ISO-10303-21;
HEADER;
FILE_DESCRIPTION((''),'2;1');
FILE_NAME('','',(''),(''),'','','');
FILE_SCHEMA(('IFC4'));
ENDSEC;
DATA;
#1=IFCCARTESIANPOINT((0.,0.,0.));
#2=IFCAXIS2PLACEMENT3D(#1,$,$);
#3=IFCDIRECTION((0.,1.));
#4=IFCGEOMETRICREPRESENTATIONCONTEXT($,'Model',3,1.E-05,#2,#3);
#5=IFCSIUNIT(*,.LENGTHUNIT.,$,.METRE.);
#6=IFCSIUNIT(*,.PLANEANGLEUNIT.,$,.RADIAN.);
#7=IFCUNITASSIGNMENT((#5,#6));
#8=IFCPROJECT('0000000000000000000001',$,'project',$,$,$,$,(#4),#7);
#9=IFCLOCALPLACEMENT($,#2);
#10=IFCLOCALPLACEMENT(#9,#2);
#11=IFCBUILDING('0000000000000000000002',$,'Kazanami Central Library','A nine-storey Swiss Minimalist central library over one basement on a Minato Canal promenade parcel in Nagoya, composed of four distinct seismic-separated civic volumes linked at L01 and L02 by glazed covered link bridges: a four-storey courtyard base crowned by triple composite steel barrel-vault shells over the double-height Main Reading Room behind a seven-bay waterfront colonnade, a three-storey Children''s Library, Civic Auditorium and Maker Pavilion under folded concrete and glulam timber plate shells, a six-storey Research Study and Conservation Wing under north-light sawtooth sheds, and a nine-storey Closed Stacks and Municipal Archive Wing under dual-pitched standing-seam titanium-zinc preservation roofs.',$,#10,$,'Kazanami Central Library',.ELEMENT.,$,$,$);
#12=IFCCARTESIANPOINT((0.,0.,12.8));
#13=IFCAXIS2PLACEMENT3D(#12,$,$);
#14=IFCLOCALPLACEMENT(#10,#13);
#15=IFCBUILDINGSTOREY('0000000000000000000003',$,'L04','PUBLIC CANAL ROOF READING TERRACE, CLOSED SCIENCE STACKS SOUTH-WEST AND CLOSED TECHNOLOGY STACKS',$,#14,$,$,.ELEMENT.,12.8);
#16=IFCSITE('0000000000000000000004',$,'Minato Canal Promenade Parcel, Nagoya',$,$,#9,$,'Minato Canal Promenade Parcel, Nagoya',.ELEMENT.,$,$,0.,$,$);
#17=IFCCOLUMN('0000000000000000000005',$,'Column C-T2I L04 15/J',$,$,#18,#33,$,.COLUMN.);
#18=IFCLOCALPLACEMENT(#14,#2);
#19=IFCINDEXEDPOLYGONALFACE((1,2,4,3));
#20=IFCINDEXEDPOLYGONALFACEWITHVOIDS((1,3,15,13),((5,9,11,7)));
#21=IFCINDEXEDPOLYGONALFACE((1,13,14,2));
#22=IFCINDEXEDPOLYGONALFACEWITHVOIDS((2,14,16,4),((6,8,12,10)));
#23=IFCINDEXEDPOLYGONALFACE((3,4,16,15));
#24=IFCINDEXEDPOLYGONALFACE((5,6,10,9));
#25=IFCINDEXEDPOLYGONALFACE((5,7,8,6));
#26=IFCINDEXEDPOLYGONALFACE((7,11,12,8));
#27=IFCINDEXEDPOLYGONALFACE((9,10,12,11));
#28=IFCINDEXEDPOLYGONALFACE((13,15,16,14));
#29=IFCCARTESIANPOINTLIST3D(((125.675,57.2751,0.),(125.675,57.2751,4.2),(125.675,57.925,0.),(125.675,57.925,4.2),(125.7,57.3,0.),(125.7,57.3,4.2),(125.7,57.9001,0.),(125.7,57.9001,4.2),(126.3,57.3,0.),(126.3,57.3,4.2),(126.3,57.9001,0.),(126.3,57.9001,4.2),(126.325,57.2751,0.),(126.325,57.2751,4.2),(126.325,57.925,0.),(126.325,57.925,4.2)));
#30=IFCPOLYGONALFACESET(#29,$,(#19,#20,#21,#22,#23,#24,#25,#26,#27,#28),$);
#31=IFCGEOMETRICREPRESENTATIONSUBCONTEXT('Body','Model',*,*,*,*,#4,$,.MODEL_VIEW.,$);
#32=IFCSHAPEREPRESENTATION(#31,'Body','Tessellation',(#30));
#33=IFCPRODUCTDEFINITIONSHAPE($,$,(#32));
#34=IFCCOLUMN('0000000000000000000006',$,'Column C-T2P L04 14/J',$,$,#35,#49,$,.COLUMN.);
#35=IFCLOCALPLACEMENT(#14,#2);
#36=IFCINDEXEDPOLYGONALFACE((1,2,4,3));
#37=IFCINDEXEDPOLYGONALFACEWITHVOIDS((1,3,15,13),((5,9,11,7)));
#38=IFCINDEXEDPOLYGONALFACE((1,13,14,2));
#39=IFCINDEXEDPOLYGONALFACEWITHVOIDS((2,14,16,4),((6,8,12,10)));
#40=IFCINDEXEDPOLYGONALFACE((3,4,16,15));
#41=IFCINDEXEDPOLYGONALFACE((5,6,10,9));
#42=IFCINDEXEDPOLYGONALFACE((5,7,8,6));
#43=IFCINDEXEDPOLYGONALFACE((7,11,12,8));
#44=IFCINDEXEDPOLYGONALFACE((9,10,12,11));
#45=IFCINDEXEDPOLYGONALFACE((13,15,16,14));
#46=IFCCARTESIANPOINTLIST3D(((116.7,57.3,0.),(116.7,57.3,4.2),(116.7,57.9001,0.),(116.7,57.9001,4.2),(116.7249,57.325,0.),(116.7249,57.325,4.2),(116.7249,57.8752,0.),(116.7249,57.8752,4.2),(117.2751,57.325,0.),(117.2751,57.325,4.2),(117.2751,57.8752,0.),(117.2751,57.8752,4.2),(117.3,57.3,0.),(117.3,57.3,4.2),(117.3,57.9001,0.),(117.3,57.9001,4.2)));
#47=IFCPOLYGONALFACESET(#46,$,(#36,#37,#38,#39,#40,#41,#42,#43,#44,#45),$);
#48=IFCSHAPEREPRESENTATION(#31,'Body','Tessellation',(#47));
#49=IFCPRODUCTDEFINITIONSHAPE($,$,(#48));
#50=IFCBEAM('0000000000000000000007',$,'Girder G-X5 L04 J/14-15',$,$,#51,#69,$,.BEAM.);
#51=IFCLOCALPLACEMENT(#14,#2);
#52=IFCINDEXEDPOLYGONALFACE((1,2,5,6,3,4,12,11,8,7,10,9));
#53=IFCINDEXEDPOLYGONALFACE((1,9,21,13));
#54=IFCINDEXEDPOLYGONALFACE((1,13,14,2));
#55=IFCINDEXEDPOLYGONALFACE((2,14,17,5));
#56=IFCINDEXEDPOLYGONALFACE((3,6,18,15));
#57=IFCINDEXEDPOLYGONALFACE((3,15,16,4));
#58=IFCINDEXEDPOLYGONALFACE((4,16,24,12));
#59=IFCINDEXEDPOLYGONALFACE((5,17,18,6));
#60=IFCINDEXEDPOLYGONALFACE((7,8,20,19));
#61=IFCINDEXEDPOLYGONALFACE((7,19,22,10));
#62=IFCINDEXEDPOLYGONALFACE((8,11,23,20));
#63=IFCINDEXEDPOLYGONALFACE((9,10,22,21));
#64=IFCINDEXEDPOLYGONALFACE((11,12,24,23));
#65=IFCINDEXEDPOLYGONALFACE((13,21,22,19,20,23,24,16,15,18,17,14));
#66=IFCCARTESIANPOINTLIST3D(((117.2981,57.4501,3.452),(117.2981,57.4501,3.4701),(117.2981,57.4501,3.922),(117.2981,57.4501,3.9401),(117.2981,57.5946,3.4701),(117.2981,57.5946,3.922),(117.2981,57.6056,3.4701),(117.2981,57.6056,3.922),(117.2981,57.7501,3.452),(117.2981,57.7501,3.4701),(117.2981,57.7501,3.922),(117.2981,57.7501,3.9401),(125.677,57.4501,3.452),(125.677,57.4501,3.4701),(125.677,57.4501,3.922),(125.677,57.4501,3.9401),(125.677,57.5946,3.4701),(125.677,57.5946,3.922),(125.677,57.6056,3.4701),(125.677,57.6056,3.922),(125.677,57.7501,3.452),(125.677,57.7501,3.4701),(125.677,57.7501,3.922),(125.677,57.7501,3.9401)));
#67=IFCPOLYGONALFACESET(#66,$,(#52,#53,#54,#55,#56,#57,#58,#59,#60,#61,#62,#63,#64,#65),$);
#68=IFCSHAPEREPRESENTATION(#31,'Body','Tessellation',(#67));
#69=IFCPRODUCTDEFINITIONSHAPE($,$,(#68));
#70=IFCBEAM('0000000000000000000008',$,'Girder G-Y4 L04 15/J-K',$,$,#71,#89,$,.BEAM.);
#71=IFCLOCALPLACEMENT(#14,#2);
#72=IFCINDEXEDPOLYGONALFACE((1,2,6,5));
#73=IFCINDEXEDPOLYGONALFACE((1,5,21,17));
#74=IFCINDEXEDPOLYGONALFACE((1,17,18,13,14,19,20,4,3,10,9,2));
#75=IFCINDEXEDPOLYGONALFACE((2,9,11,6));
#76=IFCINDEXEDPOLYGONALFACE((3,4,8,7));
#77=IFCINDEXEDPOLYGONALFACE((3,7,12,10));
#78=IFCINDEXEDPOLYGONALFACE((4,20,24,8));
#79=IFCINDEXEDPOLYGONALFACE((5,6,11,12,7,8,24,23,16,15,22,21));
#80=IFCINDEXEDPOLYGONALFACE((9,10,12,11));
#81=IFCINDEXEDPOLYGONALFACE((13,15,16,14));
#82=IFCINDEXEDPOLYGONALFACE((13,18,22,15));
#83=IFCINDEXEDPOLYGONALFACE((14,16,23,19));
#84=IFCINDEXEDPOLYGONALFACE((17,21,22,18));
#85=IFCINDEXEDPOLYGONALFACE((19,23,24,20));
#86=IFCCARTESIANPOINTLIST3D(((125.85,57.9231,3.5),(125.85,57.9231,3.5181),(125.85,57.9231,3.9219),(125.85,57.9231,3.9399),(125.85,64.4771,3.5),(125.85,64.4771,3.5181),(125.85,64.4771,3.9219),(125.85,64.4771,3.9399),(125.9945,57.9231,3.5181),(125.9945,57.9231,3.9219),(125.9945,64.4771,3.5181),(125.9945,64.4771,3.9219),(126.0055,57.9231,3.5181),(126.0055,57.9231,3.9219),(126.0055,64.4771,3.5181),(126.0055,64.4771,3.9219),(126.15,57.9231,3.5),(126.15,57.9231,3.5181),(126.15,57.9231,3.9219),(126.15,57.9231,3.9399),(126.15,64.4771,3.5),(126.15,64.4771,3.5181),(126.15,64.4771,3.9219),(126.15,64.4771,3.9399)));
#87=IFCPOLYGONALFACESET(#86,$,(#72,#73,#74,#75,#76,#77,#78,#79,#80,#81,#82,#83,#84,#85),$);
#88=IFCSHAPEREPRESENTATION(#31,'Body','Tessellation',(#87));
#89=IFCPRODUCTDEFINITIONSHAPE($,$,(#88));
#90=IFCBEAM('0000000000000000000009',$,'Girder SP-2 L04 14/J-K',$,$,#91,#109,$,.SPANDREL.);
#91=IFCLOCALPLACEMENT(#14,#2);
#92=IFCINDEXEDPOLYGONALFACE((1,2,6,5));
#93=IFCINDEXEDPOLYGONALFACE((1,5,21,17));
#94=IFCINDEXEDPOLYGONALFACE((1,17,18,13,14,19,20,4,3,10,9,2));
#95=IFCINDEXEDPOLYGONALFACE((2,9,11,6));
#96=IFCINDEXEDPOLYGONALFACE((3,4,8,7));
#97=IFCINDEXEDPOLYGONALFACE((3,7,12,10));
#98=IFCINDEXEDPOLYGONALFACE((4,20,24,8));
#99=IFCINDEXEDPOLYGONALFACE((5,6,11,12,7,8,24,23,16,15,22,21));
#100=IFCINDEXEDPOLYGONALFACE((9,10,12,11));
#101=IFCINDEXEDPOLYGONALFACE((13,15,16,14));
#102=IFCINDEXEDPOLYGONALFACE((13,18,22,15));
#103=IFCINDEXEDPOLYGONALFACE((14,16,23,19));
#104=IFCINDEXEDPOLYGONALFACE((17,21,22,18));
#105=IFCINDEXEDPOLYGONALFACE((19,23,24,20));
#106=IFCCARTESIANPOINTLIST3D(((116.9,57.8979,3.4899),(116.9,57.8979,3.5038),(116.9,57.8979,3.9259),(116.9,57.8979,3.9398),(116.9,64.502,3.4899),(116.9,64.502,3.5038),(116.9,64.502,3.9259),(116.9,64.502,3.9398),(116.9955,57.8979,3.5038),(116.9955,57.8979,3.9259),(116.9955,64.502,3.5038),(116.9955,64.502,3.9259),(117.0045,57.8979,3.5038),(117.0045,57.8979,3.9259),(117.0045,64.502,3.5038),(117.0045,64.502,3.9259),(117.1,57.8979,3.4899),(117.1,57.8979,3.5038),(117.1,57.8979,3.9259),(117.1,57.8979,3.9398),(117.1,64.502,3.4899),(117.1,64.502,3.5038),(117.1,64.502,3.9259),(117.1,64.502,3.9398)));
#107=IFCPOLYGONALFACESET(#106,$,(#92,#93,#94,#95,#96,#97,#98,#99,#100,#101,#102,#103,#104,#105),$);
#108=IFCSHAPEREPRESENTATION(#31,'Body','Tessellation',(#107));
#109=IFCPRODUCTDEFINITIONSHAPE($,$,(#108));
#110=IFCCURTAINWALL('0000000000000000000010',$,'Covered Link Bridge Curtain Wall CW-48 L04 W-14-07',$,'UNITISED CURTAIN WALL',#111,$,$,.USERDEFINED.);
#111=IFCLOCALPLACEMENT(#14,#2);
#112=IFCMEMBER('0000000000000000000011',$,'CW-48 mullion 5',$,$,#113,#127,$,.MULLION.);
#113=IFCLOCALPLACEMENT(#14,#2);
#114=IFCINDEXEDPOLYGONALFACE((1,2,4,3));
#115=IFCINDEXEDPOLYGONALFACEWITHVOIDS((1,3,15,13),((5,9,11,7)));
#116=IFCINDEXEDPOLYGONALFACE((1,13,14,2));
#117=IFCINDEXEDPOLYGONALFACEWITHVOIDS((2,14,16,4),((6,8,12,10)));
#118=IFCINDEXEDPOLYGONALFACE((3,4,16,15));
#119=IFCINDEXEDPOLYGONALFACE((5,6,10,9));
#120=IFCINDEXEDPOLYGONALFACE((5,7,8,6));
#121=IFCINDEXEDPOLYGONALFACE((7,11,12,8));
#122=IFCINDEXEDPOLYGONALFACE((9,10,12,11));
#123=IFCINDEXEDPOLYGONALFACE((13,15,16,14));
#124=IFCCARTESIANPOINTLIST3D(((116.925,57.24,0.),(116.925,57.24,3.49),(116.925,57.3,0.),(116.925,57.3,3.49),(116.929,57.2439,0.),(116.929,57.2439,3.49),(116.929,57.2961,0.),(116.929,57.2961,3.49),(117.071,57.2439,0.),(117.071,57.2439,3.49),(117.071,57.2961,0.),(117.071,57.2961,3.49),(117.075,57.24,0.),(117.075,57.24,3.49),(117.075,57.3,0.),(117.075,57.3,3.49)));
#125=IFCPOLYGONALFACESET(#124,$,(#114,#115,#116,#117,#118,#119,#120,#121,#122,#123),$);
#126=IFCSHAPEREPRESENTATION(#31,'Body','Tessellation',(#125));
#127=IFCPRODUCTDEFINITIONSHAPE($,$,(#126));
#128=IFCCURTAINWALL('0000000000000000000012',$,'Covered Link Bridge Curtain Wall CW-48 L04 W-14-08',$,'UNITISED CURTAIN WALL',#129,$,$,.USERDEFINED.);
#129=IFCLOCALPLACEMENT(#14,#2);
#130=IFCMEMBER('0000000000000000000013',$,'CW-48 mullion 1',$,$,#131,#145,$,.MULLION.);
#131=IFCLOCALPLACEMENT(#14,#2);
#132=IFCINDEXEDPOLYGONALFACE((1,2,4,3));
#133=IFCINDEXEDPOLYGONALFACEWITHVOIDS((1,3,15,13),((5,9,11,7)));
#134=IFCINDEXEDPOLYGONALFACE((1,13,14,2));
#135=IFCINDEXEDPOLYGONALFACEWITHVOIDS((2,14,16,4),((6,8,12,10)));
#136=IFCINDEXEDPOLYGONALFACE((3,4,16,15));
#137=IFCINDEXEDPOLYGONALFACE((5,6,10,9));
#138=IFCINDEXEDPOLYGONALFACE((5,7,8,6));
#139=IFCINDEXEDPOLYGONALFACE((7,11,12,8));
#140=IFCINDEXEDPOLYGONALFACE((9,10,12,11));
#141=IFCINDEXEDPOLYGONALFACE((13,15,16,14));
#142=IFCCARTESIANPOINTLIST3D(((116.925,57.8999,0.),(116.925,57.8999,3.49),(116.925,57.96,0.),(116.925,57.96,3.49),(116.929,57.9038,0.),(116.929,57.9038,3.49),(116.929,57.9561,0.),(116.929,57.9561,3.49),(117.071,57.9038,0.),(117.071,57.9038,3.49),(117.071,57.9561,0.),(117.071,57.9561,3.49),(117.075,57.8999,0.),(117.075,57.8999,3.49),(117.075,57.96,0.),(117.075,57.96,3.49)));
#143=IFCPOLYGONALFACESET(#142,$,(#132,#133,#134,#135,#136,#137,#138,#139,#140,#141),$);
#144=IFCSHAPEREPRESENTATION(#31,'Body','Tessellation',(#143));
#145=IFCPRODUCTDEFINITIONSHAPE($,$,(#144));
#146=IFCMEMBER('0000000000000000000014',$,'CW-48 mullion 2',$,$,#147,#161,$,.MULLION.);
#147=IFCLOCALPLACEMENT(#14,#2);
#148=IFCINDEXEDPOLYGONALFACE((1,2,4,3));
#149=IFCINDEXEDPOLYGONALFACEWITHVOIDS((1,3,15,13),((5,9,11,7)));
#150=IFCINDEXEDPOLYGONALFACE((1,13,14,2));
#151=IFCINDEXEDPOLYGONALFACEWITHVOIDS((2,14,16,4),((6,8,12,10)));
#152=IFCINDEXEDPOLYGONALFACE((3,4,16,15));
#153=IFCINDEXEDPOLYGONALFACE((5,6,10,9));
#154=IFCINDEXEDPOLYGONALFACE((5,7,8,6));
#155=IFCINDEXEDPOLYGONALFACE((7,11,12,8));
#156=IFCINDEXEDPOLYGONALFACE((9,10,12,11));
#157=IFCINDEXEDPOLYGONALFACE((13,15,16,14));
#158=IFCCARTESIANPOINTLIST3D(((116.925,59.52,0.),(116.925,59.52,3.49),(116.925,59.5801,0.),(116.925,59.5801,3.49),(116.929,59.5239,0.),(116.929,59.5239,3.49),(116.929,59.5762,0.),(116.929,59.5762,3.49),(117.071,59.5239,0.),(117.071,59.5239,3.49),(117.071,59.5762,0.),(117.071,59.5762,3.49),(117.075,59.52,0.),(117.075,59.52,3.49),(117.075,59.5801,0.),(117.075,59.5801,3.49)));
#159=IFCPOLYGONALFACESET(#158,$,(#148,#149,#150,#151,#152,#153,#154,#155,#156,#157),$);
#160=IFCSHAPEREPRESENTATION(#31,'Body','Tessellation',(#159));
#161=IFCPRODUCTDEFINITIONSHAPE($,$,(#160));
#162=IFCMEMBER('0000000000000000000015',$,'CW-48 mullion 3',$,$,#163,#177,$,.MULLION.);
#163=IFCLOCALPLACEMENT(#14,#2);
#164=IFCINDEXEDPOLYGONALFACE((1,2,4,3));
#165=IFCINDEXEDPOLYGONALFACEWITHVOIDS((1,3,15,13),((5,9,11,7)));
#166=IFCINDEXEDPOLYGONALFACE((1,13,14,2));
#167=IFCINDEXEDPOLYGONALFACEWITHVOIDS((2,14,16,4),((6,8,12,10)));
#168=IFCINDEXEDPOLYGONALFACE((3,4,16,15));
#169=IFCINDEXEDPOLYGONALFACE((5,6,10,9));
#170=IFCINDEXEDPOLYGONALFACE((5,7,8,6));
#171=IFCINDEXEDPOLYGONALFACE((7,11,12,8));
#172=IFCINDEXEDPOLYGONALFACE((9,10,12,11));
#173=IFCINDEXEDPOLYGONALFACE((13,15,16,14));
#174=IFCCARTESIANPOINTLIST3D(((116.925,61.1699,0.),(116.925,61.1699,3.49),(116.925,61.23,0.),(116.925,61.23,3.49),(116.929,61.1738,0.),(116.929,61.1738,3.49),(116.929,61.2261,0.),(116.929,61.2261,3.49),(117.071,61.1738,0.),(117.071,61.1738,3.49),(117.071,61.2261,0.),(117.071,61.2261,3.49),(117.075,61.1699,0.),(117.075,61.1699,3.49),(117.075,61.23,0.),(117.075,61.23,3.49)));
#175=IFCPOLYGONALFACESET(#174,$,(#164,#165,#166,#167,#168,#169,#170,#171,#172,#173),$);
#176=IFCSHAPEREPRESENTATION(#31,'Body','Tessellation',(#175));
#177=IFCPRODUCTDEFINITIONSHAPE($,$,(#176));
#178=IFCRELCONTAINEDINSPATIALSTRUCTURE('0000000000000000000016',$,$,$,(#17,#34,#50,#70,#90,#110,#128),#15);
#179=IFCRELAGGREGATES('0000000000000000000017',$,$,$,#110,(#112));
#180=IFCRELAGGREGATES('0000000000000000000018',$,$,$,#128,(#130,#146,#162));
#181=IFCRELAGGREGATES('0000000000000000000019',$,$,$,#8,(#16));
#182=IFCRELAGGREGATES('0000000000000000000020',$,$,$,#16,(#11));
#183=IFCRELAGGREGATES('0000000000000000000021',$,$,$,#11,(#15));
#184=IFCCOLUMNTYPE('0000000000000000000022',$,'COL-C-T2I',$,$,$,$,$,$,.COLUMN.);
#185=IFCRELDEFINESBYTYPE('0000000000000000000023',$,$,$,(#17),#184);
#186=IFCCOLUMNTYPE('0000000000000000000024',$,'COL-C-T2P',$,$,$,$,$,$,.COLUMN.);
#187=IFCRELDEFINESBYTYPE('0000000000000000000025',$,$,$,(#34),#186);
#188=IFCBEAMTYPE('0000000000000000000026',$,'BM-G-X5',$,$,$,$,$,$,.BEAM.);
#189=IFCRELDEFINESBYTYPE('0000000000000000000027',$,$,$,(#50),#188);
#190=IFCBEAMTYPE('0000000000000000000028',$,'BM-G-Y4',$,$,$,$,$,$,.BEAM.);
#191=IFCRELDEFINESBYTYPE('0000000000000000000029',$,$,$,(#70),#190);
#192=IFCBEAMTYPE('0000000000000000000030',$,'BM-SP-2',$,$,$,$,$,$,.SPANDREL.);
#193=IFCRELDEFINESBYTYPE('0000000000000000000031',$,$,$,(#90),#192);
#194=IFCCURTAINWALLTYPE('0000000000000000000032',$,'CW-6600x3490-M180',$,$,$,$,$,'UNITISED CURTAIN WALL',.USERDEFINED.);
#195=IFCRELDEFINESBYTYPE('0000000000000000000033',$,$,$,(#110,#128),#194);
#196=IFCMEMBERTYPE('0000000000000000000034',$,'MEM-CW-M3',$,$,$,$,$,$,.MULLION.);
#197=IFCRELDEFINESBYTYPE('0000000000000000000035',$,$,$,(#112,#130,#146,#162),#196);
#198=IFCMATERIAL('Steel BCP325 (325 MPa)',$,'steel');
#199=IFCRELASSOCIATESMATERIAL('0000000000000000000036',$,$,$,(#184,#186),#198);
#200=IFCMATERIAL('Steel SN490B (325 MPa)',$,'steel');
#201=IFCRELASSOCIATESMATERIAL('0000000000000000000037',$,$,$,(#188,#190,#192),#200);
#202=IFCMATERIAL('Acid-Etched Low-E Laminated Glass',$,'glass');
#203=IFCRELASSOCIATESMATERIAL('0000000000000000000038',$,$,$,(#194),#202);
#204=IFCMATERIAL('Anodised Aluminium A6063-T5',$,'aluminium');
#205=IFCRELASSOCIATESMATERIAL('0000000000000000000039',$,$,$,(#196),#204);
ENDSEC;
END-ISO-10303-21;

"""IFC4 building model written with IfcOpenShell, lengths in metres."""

from ifc_helpers import new_model, si_unit, direction, frame, origin, origin_2d, place, context, subcontext, project, spatial, hollow_rectangle, i_section, extrude, material, material_profile, profile_set, type_object, element, aggregate, save


model = new_model("IFC4")

# Units and contexts
model_context = context("Model", 3, precision=1e-05, world=origin(), true_north=direction((0.0, 1.0)))
body_context = subcontext(model_context, "Body", "Model", "MODEL_VIEW")
ifc_project = project(units=[si_unit("LENGTHUNIT", "METRE"), si_unit("PLANEANGLEUNIT", "RADIAN")], contexts=[model_context])

# Site, building, storey
site_placement = place(None, origin())
site = spatial("IfcSite", under=ifc_project, at=site_placement, Name="Minato Canal Promenade Parcel, Nagoya", LongName="Minato Canal Promenade Parcel, Nagoya", CompositionType="ELEMENT", RefElevation=0.0)
building_placement = place(site_placement, origin())
building = spatial("IfcBuilding", under=site, at=building_placement, Name="Kazanami Central Library", Description="A nine-storey Swiss Minimalist central library over one basement on a Minato Canal promenade parcel in Nagoya, composed of four distinct seismic-separated civic volumes linked at L01 and L02 by glazed covered link bridges: a four-storey courtyard base crowned by triple composite steel barrel-vault shells over the double-height Main Reading Room behind a seven-bay waterfront colonnade, a three-storey Children's Library, Civic Auditorium and Maker Pavilion under folded concrete and glulam timber plate shells, a six-storey Research Study and Conservation Wing under north-light sawtooth sheds, and a nine-storey Closed Stacks and Municipal Archive Wing under dual-pitched standing-seam titanium-zinc preservation roofs.", LongName="Kazanami Central Library", CompositionType="ELEMENT")
storey_placement = place(building_placement, frame((0.0, 0.0, 12.8)))
storey = spatial("IfcBuildingStorey", under=building, at=storey_placement, Name="L04", Description="PUBLIC CANAL ROOF READING TERRACE, CLOSED SCIENCE STACKS SOUTH-WEST AND CLOSED TECHNOLOGY STACKS", CompositionType="ELEMENT", Elevation=12.8)

# Columns
ifc_material_1 = material(Name="Steel BCP325 (325 MPa)", Category="steel")
ifc_material_profile_1 = material_profile(ifc_material_1, hollow_rectangle(XDim=0.6499, YDim=0.6499, WallThickness=0.0249, at=origin_2d()), Name="BCP-650x650x25")
ifc_profile_set_1 = profile_set([ifc_material_profile_1], Name="Steel BCP325 (325 MPa)")
column_type_1 = type_object("IfcColumnType", Name="COL-C-T2I", PredefinedType="COLUMN", material=ifc_profile_set_1)
column_1_placement = place(storey_placement, frame((126.0, 57.6001, 0.0), z_axis=(0.0, 0.0, 1.0), x_axis=(1.0, 0.0, 0.0)))
element("IfcColumn", 1, at=column_1_placement, inside=storey, type_object=column_type_1, Name="Column C-T2I L04 15/J", PredefinedType="COLUMN", context=body_context, shape_type="SweptSolid", body=[
    extrude(hollow_rectangle(XDim=0.6499, YDim=0.6499, WallThickness=0.0249, at=origin_2d()), origin(), (0.0, 0.0, 1.0), 4.2),
])
ifc_material_profile_2 = material_profile(ifc_material_1, hollow_rectangle(XDim=0.6001, YDim=0.6001, WallThickness=0.0249, at=origin_2d()), Name="BCP-600x600x25")
ifc_profile_set_2 = profile_set([ifc_material_profile_2], Name="Steel BCP325 (325 MPa)")
column_type_2 = type_object("IfcColumnType", Name="COL-C-T2P", PredefinedType="COLUMN", material=ifc_profile_set_2)
column_2_placement = place(storey_placement, frame((117.0, 57.6001, 0.0), z_axis=(0.0, 0.0, 1.0), x_axis=(1.0, 0.0, 0.0)))
element("IfcColumn", 2, at=column_2_placement, inside=storey, type_object=column_type_2, Name="Column C-T2P L04 14/J", PredefinedType="COLUMN", context=body_context, shape_type="SweptSolid", body=[
    extrude(hollow_rectangle(XDim=0.6001, YDim=0.6001, WallThickness=0.0249, at=origin_2d()), origin(), (0.0, 0.0, 1.0), 4.2),
])

# Beams
ifc_material_2 = material(Name="Steel SN490B (325 MPa)", Category="steel")
ifc_material_profile_3 = material_profile(ifc_material_2, i_section(OverallWidth=0.3, OverallDepth=0.488, WebThickness=0.011, FlangeThickness=0.0181, at=origin_2d()), Name="H-488x300x11x18")
ifc_profile_set_3 = profile_set([ifc_material_profile_3], Name="Steel SN490B (325 MPa)")
beam_type_1 = type_object("IfcBeamType", Name="BM-G-X5", PredefinedType="BEAM", material=ifc_profile_set_3)
beam_1_placement = place(storey_placement, frame((117.2981, 57.6001, 3.696), z_axis=(1.0, 0.0, 0.0), x_axis=(0.0, 1.0, 0.0)))
element("IfcBeam", 3, at=beam_1_placement, inside=storey, type_object=beam_type_1, Name="Girder G-X5 L04 J/14-15", PredefinedType="BEAM", context=body_context, shape_type="SweptSolid", body=[
    extrude(i_section(OverallWidth=0.3, OverallDepth=0.488, WebThickness=0.011, FlangeThickness=0.0181, at=origin_2d()), origin(), (0.0, 0.0, 1.0), 8.3789),
])
ifc_material_profile_4 = material_profile(ifc_material_2, i_section(OverallWidth=0.3, OverallDepth=0.4399, WebThickness=0.011, FlangeThickness=0.0181, at=origin_2d()), Name="H-440x300x11x18")
ifc_profile_set_4 = profile_set([ifc_material_profile_4], Name="Steel SN490B (325 MPa)")
beam_type_2 = type_object("IfcBeamType", Name="BM-G-Y4", PredefinedType="BEAM", material=ifc_profile_set_4)
beam_2_placement = place(storey_placement, frame((126.0, 57.9231, 3.72), z_axis=(0.0, 1.0, 0.0), x_axis=(-1.0, 0.0, 0.0)))
element("IfcBeam", 4, at=beam_2_placement, inside=storey, type_object=beam_type_2, Name="Girder G-Y4 L04 15/J-K", PredefinedType="BEAM", context=body_context, shape_type="SweptSolid", body=[
    extrude(i_section(OverallWidth=0.3, OverallDepth=0.4399, WebThickness=0.011, FlangeThickness=0.0181, at=origin_2d()), origin(), (0.0, 0.0, 1.0), 6.554),
])
ifc_material_profile_5 = material_profile(ifc_material_2, i_section(OverallWidth=0.2, OverallDepth=0.45, WebThickness=0.009, FlangeThickness=0.0139, at=origin_2d()), Name="H-450x200x9x14")
ifc_profile_set_5 = profile_set([ifc_material_profile_5], Name="Steel SN490B (325 MPa)")
beam_type_3 = type_object("IfcBeamType", Name="BM-SP-2", PredefinedType="SPANDREL", material=ifc_profile_set_5)
beam_3_placement = place(storey_placement, frame((117.0, 57.8979, 3.7148), z_axis=(0.0, 1.0, 0.0), x_axis=(-1.0, 0.0, 0.0)))
element("IfcBeam", 5, at=beam_3_placement, inside=storey, type_object=beam_type_3, Name="Girder SP-2 L04 14/J-K", PredefinedType="SPANDREL", context=body_context, shape_type="SweptSolid", body=[
    extrude(i_section(OverallWidth=0.2, OverallDepth=0.45, WebThickness=0.009, FlangeThickness=0.0139, at=origin_2d()), origin(), (0.0, 0.0, 1.0), 6.604),
])

# Curtain wall, member
ifc_material_3 = material(Name="Acid-Etched Low-E Laminated Glass", Category="glass")
curtain_wall_type = type_object("IfcCurtainWallType", Name="CW-6600x3490-M180", ElementType="UNITISED CURTAIN WALL", PredefinedType="USERDEFINED", material=ifc_material_3)
curtain_wall_1_placement = place(storey_placement, origin())
curtain_wall_1 = element("IfcCurtainWall", 6, at=curtain_wall_1_placement, inside=storey, type_object=curtain_wall_type, Name="Covered Link Bridge Curtain Wall CW-48 L04 W-14-07", ObjectType="UNITISED CURTAIN WALL", PredefinedType="USERDEFINED")
ifc_material_4 = material(Name="Anodised Aluminium A6063-T5", Category="aluminium")
ifc_material_profile_6 = material_profile(ifc_material_4, hollow_rectangle(XDim=0.0601, YDim=0.1499, WallThickness=0.0039, at=origin_2d()), Name="ALU-MULL-60x150x4")
ifc_profile_set_6 = profile_set([ifc_material_profile_6], Name="Anodised Aluminium A6063-T5")
member_type_1 = type_object("IfcMemberType", Name="MEM-CW-M3", PredefinedType="MULLION", material=ifc_profile_set_6)
member_1_placement = place(storey_placement, frame((117.0, 57.27, 0.0), z_axis=(0.0, 0.0, 1.0), x_axis=(0.0, 1.0, 0.0)))
member_1 = element("IfcMember", 7, at=member_1_placement, type_object=member_type_1, Name="CW-48 mullion 5", PredefinedType="MULLION", context=body_context, shape_type="SweptSolid", body=[
    extrude(hollow_rectangle(XDim=0.0601, YDim=0.1499, WallThickness=0.0039, at=origin_2d()), origin(), (0.0, 0.0, 1.0), 3.49),
])

# Curtain wall, members
curtain_wall_2_placement = place(storey_placement, origin())
curtain_wall_2 = element("IfcCurtainWall", 8, at=curtain_wall_2_placement, inside=storey, type_object=curtain_wall_type, Name="Covered Link Bridge Curtain Wall CW-48 L04 W-14-08", ObjectType="UNITISED CURTAIN WALL", PredefinedType="USERDEFINED")
member_2_placement = place(storey_placement, frame((117.0, 57.9299, 0.0), z_axis=(0.0, 0.0, 1.0), x_axis=(0.0, 1.0, 0.0)))
member_2 = element("IfcMember", 9, at=member_2_placement, type_object=member_type_1, Name="CW-48 mullion 1", PredefinedType="MULLION", context=body_context, shape_type="SweptSolid", body=[
    extrude(hollow_rectangle(XDim=0.0601, YDim=0.1499, WallThickness=0.0039, at=origin_2d()), origin(), (0.0, 0.0, 1.0), 3.49),
])
member_3_placement = place(storey_placement, frame((117.0, 59.55, 0.0), z_axis=(0.0, 0.0, 1.0), x_axis=(0.0, 1.0, 0.0)))
member_3 = element("IfcMember", 10, at=member_3_placement, type_object=member_type_1, Name="CW-48 mullion 2", PredefinedType="MULLION", context=body_context, shape_type="SweptSolid", body=[
    extrude(hollow_rectangle(XDim=0.0601, YDim=0.1499, WallThickness=0.0039, at=origin_2d()), origin(), (0.0, 0.0, 1.0), 3.49),
])
member_4_placement = place(storey_placement, frame((117.0, 61.2, 0.0), z_axis=(0.0, 0.0, 1.0), x_axis=(0.0, 1.0, 0.0)))
member_4 = element("IfcMember", 11, at=member_4_placement, type_object=member_type_1, Name="CW-48 mullion 3", PredefinedType="MULLION", context=body_context, shape_type="SweptSolid", body=[
    extrude(hollow_rectangle(XDim=0.0601, YDim=0.1499, WallThickness=0.0039, at=origin_2d()), origin(), (0.0, 0.0, 1.0), 3.49),
])

aggregate(curtain_wall_1, [member_1])
aggregate(curtain_wall_2, [member_2, member_3, member_4])

save(model, "model.ifc")
